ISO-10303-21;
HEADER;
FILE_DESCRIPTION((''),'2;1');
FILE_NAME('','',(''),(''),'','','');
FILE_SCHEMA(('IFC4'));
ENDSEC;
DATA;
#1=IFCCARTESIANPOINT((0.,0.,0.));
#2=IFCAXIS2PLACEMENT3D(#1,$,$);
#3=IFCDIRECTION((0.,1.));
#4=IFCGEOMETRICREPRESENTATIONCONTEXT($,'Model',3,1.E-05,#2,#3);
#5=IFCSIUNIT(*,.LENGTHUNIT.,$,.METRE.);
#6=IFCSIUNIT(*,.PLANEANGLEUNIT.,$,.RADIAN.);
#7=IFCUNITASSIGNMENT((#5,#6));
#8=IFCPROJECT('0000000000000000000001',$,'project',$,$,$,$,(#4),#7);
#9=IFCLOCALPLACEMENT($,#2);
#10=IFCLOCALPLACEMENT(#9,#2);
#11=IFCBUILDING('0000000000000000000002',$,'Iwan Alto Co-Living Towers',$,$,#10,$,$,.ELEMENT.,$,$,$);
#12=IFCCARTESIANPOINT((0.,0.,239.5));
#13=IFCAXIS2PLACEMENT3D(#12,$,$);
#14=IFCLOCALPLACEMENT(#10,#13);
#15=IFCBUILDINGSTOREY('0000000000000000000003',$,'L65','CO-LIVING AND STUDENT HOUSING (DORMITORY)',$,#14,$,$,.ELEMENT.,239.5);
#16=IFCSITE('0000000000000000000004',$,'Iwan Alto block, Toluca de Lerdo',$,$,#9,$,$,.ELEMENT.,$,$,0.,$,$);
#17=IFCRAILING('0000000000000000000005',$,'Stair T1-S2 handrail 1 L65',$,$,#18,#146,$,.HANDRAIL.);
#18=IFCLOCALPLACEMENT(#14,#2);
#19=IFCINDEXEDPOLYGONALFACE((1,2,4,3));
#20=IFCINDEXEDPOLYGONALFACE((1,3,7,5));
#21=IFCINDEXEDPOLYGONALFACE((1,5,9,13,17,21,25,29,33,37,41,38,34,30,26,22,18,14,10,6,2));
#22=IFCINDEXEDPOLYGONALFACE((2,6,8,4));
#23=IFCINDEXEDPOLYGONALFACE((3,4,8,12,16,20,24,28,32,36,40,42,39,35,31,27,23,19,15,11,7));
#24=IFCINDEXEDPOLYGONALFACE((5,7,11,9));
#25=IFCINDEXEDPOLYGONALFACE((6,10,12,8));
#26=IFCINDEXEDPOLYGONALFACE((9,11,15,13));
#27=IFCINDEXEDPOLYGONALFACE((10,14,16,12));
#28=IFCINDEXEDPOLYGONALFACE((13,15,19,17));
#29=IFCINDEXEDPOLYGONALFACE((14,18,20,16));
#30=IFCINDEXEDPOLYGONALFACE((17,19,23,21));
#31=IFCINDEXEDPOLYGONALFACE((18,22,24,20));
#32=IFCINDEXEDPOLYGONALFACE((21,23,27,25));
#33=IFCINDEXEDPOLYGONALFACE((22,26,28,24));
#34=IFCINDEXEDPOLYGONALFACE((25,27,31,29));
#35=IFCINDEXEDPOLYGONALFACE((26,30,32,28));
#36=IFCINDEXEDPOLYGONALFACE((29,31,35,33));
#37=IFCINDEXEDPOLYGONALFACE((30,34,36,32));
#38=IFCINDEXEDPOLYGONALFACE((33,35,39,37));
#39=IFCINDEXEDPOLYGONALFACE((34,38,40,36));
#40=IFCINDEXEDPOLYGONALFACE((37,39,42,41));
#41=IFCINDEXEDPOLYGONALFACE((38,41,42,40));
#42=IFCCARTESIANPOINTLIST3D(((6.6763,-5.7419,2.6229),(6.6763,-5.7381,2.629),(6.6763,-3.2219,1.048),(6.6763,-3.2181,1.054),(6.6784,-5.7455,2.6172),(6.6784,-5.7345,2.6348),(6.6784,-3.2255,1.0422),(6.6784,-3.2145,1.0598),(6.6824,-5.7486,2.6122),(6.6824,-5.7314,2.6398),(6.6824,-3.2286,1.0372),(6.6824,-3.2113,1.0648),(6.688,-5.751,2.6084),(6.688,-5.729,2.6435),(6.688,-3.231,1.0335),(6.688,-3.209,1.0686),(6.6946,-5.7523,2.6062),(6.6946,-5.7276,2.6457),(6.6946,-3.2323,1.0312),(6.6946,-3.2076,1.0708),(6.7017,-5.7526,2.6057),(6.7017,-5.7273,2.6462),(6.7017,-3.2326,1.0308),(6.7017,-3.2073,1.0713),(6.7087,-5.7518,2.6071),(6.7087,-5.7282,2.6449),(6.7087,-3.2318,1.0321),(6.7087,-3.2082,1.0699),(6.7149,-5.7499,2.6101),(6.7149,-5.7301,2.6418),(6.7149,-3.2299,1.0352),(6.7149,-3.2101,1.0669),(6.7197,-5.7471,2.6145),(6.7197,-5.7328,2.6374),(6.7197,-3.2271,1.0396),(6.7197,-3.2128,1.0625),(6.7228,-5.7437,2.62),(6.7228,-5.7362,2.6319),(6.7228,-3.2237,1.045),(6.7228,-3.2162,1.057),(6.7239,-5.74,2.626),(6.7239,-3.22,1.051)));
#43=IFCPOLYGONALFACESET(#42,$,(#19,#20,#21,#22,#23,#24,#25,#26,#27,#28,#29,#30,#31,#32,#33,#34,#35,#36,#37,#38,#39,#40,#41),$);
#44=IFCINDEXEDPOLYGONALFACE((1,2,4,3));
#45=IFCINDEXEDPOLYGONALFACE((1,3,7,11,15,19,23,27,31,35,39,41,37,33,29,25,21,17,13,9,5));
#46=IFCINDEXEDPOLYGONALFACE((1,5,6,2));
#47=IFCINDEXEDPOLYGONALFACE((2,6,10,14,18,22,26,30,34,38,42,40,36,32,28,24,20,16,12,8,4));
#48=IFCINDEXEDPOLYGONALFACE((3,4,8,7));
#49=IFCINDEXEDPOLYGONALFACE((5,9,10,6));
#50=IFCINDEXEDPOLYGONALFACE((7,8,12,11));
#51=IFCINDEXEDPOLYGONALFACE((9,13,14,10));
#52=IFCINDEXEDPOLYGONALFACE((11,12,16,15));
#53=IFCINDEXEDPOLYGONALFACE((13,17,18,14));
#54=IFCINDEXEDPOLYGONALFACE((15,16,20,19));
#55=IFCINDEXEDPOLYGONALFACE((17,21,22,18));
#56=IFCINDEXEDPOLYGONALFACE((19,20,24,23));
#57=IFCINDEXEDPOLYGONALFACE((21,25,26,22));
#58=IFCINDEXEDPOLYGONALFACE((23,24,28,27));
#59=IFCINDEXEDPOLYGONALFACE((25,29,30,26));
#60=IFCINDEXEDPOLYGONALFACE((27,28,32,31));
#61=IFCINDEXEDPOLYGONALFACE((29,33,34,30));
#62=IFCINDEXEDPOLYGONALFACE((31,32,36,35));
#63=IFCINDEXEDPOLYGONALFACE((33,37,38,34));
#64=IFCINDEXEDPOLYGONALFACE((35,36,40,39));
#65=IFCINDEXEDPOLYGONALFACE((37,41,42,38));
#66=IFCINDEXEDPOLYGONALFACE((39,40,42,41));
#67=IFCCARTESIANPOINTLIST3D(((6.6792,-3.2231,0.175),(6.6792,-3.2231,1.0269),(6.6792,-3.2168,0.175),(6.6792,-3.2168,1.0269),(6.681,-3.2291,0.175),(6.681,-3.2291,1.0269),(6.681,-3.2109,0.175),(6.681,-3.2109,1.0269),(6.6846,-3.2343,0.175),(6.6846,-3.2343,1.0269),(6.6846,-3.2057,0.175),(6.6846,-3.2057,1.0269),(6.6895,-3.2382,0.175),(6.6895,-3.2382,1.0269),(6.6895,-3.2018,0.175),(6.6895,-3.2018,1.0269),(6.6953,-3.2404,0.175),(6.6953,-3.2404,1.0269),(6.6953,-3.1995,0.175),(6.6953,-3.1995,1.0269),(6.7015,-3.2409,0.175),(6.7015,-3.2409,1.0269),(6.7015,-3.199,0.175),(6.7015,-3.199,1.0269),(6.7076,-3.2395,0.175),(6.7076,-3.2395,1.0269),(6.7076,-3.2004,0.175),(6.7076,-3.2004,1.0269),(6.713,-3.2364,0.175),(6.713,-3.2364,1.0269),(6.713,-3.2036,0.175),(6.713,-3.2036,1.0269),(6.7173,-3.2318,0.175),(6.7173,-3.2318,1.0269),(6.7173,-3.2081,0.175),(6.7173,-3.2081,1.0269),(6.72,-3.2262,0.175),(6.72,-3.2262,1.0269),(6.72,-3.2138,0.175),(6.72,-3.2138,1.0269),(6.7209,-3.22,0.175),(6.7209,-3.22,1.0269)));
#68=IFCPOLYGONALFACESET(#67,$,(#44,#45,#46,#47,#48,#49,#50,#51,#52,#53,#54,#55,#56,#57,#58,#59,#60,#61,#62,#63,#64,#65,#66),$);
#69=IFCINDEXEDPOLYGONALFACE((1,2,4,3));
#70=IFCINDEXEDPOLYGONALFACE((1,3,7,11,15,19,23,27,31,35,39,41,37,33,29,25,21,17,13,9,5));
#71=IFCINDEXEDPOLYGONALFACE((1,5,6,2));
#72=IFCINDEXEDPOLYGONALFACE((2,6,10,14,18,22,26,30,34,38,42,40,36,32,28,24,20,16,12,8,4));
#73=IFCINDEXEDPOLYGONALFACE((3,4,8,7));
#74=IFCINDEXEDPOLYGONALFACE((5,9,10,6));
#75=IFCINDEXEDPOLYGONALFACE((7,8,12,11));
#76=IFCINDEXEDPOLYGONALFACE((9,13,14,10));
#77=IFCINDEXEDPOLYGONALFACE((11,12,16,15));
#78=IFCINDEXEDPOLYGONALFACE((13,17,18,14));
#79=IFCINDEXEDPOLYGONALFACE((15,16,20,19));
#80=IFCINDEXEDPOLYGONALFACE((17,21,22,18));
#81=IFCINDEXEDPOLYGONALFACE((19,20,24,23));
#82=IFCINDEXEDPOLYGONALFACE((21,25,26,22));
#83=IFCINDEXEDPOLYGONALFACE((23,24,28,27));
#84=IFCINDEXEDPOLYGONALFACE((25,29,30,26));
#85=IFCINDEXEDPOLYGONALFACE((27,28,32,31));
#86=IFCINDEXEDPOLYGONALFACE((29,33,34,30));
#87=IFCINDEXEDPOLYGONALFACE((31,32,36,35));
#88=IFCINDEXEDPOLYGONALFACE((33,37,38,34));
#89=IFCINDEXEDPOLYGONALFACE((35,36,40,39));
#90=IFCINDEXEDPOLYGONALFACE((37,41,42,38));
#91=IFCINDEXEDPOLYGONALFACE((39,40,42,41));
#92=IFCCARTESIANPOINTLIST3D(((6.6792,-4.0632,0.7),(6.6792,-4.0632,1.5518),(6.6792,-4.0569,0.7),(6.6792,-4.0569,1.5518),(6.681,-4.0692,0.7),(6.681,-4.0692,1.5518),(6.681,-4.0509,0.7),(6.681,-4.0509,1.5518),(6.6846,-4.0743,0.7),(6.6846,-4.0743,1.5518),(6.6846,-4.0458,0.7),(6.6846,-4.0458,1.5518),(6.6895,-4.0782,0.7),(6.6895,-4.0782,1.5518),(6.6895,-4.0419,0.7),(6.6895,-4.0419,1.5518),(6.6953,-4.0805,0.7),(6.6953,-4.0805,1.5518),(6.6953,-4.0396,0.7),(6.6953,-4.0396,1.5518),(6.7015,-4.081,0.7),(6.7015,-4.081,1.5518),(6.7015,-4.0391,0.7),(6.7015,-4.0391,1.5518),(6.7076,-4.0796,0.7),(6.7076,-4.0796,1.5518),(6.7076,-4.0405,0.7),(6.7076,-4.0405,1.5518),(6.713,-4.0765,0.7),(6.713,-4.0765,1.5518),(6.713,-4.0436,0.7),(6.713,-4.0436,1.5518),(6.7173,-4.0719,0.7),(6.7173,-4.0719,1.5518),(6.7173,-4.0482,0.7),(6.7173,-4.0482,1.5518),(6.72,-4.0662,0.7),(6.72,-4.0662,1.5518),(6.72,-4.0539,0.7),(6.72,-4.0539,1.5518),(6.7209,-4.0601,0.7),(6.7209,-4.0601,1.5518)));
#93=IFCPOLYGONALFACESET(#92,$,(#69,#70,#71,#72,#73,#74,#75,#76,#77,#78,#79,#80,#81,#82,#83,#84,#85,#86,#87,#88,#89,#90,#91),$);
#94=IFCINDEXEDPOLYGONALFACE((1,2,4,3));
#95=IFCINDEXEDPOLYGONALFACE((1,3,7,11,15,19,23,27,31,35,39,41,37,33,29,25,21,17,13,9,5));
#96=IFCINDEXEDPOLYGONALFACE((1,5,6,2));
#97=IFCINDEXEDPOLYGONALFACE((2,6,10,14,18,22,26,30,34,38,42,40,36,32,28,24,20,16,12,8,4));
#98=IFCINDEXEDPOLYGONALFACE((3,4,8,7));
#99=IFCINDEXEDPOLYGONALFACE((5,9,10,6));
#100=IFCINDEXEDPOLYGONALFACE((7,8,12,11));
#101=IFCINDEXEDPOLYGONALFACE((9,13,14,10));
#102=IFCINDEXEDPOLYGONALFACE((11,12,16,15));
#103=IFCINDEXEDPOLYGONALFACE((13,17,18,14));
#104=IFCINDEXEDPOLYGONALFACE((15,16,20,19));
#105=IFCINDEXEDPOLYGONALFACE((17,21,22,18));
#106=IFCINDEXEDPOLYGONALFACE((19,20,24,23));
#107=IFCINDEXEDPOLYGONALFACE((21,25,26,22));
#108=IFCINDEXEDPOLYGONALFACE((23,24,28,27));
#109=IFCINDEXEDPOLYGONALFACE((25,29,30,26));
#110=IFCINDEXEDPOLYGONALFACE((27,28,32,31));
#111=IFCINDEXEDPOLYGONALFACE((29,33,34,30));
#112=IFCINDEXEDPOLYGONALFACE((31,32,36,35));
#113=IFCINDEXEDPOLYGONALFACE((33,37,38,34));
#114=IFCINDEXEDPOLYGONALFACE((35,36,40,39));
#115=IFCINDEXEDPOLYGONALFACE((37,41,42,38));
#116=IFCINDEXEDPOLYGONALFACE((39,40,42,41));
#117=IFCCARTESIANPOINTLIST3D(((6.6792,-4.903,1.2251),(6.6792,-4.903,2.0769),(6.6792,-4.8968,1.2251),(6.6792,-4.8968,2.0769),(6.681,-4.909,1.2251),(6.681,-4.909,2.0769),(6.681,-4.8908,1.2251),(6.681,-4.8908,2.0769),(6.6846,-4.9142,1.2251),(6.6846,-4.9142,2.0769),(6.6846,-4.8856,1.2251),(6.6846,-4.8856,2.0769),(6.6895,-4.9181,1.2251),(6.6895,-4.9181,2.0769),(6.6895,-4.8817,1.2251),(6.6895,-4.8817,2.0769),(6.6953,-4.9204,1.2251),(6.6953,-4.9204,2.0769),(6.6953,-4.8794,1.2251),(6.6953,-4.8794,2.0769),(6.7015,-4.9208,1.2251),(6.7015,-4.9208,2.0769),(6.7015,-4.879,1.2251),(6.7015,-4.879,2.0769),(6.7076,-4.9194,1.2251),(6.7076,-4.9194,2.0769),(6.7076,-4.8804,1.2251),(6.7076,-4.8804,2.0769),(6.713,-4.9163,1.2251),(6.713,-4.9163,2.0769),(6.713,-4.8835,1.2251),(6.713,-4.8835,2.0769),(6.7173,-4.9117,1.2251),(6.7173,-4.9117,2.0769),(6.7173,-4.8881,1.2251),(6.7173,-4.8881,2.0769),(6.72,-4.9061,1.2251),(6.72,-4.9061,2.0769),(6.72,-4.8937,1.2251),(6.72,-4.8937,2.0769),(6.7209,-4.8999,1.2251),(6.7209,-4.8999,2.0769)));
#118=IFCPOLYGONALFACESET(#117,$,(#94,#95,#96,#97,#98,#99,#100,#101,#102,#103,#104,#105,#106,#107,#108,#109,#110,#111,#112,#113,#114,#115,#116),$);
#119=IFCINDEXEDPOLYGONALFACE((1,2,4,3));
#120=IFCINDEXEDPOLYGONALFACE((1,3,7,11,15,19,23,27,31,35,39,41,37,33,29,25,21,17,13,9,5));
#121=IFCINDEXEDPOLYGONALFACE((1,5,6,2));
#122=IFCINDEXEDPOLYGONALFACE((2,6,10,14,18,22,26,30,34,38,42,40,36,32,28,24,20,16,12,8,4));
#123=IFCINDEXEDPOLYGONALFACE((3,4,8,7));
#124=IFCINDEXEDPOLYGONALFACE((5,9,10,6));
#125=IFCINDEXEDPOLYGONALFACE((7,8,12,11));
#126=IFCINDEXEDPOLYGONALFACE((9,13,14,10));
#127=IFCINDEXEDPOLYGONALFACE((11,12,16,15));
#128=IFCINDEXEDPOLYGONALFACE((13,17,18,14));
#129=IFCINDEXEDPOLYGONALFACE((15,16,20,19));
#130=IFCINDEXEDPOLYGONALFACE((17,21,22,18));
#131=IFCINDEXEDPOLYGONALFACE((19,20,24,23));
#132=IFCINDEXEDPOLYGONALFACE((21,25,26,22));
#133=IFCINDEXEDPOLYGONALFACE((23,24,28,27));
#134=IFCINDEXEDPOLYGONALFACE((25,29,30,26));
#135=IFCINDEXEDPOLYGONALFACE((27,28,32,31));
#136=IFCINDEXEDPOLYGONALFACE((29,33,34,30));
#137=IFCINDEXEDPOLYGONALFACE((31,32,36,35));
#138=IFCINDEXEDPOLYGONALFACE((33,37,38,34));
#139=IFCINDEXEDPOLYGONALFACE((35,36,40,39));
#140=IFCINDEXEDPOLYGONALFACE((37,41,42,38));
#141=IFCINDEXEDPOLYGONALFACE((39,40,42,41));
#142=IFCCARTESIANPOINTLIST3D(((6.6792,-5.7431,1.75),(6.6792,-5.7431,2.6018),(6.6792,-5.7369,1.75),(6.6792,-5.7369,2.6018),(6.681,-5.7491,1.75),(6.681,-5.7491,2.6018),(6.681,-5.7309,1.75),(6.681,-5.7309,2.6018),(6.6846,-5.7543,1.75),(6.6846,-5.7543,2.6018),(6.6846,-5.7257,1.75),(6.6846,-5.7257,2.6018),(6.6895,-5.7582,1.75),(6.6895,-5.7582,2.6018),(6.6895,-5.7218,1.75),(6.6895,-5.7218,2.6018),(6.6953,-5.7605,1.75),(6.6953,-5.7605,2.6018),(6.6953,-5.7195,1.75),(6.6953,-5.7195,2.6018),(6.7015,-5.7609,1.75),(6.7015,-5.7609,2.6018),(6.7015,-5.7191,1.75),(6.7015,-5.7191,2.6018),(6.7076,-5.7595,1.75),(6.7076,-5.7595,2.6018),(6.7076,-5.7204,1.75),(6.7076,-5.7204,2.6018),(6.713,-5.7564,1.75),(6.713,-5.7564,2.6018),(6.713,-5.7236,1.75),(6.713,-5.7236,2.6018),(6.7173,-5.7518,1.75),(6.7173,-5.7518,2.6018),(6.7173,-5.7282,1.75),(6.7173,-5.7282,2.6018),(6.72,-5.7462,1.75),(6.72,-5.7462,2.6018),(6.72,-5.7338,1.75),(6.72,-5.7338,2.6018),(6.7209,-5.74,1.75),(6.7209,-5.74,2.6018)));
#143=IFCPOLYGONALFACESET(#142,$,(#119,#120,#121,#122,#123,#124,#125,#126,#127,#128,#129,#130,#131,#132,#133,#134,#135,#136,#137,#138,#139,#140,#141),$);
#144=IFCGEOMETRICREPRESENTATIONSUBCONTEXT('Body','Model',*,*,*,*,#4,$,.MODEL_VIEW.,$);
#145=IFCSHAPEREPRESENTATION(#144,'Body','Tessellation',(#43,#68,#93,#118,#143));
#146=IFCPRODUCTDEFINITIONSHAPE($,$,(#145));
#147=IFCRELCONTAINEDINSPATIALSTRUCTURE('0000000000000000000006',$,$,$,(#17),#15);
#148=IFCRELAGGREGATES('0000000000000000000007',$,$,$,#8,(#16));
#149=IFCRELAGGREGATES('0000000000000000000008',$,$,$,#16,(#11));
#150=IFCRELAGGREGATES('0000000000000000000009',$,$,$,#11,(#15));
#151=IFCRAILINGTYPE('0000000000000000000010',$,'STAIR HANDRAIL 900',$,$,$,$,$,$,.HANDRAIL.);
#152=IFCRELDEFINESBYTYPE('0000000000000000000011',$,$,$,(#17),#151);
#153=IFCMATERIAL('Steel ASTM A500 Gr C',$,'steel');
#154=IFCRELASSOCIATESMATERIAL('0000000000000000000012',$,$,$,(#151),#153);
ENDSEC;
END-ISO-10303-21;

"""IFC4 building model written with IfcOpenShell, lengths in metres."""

from ifc_helpers import new_model, si_unit, direction, frame, origin, origin_2d, place, context, subcontext, project, spatial, circle, extrude, material, type_object, element, save


model = new_model("IFC4")

# Units and contexts
model_context = context("Model", 3, precision=1e-05, world=origin(), true_north=direction((0.0, 1.0)))
body_context = subcontext(model_context, "Body", "Model", "MODEL_VIEW")
ifc_project = project(units=[si_unit("LENGTHUNIT", "METRE"), si_unit("PLANEANGLEUNIT", "RADIAN")], contexts=[model_context])

# Site, building, storey
site_placement = place(None, origin())
site = spatial("IfcSite", under=ifc_project, at=site_placement, Name="Iwan Alto block, Toluca de Lerdo", CompositionType="ELEMENT", RefElevation=0.0)
building_placement = place(site_placement, origin())
building = spatial("IfcBuilding", under=site, at=building_placement, Name="Iwan Alto Co-Living Towers", CompositionType="ELEMENT")
storey_placement = place(building_placement, frame((0.0, 0.0, 239.5)))
storey = spatial("IfcBuildingStorey", under=building, at=storey_placement, Name="L65", Description="CO-LIVING AND STUDENT HOUSING (DORMITORY)", CompositionType="ELEMENT", Elevation=239.5)

# Railing
ifc_material_1 = material(Name="Steel ASTM A500 Gr C", Category="steel")
railing_type_1 = type_object("IfcRailingType", Name="STAIR HANDRAIL 900", PredefinedType="HANDRAIL", material=ifc_material_1)
railing_1_placement = place(storey_placement, frame((6.7, -3.22, 0.175)))
element("IfcRailing", 1, at=railing_1_placement, inside=storey, type_object=railing_type_1, Name="Stair T1-S2 handrail 1 L65", PredefinedType="HANDRAIL", context=body_context, shape_type="SweptSolid", body=[
    extrude(circle(Radius=0.0239, at=origin_2d()), frame((0.0, 0.0, 0.876), z_axis=(0.0, -0.848008, 0.529984), x_axis=(1.0, 0.0, 0.0)), (0.0, 0.0, 1.0), 2.9717),
    extrude(circle(Radius=0.021, at=origin_2d()), origin(), (0.0, 0.0, 1.0), 0.8518),
    extrude(circle(Radius=0.021, at=origin_2d()), frame((0.0, -0.8401, 0.5249)), (0.0, 0.0, 1.0), 0.8518),
    extrude(circle(Radius=0.021, at=origin_2d()), frame((0.0, -1.6799, 1.05)), (0.0, 0.0, 1.0), 0.8518),
    extrude(circle(Radius=0.021, at=origin_2d()), frame((0.0, -2.52, 1.575)), (0.0, 0.0, 1.0), 0.8518),
])

save(model, "model.ifc")
